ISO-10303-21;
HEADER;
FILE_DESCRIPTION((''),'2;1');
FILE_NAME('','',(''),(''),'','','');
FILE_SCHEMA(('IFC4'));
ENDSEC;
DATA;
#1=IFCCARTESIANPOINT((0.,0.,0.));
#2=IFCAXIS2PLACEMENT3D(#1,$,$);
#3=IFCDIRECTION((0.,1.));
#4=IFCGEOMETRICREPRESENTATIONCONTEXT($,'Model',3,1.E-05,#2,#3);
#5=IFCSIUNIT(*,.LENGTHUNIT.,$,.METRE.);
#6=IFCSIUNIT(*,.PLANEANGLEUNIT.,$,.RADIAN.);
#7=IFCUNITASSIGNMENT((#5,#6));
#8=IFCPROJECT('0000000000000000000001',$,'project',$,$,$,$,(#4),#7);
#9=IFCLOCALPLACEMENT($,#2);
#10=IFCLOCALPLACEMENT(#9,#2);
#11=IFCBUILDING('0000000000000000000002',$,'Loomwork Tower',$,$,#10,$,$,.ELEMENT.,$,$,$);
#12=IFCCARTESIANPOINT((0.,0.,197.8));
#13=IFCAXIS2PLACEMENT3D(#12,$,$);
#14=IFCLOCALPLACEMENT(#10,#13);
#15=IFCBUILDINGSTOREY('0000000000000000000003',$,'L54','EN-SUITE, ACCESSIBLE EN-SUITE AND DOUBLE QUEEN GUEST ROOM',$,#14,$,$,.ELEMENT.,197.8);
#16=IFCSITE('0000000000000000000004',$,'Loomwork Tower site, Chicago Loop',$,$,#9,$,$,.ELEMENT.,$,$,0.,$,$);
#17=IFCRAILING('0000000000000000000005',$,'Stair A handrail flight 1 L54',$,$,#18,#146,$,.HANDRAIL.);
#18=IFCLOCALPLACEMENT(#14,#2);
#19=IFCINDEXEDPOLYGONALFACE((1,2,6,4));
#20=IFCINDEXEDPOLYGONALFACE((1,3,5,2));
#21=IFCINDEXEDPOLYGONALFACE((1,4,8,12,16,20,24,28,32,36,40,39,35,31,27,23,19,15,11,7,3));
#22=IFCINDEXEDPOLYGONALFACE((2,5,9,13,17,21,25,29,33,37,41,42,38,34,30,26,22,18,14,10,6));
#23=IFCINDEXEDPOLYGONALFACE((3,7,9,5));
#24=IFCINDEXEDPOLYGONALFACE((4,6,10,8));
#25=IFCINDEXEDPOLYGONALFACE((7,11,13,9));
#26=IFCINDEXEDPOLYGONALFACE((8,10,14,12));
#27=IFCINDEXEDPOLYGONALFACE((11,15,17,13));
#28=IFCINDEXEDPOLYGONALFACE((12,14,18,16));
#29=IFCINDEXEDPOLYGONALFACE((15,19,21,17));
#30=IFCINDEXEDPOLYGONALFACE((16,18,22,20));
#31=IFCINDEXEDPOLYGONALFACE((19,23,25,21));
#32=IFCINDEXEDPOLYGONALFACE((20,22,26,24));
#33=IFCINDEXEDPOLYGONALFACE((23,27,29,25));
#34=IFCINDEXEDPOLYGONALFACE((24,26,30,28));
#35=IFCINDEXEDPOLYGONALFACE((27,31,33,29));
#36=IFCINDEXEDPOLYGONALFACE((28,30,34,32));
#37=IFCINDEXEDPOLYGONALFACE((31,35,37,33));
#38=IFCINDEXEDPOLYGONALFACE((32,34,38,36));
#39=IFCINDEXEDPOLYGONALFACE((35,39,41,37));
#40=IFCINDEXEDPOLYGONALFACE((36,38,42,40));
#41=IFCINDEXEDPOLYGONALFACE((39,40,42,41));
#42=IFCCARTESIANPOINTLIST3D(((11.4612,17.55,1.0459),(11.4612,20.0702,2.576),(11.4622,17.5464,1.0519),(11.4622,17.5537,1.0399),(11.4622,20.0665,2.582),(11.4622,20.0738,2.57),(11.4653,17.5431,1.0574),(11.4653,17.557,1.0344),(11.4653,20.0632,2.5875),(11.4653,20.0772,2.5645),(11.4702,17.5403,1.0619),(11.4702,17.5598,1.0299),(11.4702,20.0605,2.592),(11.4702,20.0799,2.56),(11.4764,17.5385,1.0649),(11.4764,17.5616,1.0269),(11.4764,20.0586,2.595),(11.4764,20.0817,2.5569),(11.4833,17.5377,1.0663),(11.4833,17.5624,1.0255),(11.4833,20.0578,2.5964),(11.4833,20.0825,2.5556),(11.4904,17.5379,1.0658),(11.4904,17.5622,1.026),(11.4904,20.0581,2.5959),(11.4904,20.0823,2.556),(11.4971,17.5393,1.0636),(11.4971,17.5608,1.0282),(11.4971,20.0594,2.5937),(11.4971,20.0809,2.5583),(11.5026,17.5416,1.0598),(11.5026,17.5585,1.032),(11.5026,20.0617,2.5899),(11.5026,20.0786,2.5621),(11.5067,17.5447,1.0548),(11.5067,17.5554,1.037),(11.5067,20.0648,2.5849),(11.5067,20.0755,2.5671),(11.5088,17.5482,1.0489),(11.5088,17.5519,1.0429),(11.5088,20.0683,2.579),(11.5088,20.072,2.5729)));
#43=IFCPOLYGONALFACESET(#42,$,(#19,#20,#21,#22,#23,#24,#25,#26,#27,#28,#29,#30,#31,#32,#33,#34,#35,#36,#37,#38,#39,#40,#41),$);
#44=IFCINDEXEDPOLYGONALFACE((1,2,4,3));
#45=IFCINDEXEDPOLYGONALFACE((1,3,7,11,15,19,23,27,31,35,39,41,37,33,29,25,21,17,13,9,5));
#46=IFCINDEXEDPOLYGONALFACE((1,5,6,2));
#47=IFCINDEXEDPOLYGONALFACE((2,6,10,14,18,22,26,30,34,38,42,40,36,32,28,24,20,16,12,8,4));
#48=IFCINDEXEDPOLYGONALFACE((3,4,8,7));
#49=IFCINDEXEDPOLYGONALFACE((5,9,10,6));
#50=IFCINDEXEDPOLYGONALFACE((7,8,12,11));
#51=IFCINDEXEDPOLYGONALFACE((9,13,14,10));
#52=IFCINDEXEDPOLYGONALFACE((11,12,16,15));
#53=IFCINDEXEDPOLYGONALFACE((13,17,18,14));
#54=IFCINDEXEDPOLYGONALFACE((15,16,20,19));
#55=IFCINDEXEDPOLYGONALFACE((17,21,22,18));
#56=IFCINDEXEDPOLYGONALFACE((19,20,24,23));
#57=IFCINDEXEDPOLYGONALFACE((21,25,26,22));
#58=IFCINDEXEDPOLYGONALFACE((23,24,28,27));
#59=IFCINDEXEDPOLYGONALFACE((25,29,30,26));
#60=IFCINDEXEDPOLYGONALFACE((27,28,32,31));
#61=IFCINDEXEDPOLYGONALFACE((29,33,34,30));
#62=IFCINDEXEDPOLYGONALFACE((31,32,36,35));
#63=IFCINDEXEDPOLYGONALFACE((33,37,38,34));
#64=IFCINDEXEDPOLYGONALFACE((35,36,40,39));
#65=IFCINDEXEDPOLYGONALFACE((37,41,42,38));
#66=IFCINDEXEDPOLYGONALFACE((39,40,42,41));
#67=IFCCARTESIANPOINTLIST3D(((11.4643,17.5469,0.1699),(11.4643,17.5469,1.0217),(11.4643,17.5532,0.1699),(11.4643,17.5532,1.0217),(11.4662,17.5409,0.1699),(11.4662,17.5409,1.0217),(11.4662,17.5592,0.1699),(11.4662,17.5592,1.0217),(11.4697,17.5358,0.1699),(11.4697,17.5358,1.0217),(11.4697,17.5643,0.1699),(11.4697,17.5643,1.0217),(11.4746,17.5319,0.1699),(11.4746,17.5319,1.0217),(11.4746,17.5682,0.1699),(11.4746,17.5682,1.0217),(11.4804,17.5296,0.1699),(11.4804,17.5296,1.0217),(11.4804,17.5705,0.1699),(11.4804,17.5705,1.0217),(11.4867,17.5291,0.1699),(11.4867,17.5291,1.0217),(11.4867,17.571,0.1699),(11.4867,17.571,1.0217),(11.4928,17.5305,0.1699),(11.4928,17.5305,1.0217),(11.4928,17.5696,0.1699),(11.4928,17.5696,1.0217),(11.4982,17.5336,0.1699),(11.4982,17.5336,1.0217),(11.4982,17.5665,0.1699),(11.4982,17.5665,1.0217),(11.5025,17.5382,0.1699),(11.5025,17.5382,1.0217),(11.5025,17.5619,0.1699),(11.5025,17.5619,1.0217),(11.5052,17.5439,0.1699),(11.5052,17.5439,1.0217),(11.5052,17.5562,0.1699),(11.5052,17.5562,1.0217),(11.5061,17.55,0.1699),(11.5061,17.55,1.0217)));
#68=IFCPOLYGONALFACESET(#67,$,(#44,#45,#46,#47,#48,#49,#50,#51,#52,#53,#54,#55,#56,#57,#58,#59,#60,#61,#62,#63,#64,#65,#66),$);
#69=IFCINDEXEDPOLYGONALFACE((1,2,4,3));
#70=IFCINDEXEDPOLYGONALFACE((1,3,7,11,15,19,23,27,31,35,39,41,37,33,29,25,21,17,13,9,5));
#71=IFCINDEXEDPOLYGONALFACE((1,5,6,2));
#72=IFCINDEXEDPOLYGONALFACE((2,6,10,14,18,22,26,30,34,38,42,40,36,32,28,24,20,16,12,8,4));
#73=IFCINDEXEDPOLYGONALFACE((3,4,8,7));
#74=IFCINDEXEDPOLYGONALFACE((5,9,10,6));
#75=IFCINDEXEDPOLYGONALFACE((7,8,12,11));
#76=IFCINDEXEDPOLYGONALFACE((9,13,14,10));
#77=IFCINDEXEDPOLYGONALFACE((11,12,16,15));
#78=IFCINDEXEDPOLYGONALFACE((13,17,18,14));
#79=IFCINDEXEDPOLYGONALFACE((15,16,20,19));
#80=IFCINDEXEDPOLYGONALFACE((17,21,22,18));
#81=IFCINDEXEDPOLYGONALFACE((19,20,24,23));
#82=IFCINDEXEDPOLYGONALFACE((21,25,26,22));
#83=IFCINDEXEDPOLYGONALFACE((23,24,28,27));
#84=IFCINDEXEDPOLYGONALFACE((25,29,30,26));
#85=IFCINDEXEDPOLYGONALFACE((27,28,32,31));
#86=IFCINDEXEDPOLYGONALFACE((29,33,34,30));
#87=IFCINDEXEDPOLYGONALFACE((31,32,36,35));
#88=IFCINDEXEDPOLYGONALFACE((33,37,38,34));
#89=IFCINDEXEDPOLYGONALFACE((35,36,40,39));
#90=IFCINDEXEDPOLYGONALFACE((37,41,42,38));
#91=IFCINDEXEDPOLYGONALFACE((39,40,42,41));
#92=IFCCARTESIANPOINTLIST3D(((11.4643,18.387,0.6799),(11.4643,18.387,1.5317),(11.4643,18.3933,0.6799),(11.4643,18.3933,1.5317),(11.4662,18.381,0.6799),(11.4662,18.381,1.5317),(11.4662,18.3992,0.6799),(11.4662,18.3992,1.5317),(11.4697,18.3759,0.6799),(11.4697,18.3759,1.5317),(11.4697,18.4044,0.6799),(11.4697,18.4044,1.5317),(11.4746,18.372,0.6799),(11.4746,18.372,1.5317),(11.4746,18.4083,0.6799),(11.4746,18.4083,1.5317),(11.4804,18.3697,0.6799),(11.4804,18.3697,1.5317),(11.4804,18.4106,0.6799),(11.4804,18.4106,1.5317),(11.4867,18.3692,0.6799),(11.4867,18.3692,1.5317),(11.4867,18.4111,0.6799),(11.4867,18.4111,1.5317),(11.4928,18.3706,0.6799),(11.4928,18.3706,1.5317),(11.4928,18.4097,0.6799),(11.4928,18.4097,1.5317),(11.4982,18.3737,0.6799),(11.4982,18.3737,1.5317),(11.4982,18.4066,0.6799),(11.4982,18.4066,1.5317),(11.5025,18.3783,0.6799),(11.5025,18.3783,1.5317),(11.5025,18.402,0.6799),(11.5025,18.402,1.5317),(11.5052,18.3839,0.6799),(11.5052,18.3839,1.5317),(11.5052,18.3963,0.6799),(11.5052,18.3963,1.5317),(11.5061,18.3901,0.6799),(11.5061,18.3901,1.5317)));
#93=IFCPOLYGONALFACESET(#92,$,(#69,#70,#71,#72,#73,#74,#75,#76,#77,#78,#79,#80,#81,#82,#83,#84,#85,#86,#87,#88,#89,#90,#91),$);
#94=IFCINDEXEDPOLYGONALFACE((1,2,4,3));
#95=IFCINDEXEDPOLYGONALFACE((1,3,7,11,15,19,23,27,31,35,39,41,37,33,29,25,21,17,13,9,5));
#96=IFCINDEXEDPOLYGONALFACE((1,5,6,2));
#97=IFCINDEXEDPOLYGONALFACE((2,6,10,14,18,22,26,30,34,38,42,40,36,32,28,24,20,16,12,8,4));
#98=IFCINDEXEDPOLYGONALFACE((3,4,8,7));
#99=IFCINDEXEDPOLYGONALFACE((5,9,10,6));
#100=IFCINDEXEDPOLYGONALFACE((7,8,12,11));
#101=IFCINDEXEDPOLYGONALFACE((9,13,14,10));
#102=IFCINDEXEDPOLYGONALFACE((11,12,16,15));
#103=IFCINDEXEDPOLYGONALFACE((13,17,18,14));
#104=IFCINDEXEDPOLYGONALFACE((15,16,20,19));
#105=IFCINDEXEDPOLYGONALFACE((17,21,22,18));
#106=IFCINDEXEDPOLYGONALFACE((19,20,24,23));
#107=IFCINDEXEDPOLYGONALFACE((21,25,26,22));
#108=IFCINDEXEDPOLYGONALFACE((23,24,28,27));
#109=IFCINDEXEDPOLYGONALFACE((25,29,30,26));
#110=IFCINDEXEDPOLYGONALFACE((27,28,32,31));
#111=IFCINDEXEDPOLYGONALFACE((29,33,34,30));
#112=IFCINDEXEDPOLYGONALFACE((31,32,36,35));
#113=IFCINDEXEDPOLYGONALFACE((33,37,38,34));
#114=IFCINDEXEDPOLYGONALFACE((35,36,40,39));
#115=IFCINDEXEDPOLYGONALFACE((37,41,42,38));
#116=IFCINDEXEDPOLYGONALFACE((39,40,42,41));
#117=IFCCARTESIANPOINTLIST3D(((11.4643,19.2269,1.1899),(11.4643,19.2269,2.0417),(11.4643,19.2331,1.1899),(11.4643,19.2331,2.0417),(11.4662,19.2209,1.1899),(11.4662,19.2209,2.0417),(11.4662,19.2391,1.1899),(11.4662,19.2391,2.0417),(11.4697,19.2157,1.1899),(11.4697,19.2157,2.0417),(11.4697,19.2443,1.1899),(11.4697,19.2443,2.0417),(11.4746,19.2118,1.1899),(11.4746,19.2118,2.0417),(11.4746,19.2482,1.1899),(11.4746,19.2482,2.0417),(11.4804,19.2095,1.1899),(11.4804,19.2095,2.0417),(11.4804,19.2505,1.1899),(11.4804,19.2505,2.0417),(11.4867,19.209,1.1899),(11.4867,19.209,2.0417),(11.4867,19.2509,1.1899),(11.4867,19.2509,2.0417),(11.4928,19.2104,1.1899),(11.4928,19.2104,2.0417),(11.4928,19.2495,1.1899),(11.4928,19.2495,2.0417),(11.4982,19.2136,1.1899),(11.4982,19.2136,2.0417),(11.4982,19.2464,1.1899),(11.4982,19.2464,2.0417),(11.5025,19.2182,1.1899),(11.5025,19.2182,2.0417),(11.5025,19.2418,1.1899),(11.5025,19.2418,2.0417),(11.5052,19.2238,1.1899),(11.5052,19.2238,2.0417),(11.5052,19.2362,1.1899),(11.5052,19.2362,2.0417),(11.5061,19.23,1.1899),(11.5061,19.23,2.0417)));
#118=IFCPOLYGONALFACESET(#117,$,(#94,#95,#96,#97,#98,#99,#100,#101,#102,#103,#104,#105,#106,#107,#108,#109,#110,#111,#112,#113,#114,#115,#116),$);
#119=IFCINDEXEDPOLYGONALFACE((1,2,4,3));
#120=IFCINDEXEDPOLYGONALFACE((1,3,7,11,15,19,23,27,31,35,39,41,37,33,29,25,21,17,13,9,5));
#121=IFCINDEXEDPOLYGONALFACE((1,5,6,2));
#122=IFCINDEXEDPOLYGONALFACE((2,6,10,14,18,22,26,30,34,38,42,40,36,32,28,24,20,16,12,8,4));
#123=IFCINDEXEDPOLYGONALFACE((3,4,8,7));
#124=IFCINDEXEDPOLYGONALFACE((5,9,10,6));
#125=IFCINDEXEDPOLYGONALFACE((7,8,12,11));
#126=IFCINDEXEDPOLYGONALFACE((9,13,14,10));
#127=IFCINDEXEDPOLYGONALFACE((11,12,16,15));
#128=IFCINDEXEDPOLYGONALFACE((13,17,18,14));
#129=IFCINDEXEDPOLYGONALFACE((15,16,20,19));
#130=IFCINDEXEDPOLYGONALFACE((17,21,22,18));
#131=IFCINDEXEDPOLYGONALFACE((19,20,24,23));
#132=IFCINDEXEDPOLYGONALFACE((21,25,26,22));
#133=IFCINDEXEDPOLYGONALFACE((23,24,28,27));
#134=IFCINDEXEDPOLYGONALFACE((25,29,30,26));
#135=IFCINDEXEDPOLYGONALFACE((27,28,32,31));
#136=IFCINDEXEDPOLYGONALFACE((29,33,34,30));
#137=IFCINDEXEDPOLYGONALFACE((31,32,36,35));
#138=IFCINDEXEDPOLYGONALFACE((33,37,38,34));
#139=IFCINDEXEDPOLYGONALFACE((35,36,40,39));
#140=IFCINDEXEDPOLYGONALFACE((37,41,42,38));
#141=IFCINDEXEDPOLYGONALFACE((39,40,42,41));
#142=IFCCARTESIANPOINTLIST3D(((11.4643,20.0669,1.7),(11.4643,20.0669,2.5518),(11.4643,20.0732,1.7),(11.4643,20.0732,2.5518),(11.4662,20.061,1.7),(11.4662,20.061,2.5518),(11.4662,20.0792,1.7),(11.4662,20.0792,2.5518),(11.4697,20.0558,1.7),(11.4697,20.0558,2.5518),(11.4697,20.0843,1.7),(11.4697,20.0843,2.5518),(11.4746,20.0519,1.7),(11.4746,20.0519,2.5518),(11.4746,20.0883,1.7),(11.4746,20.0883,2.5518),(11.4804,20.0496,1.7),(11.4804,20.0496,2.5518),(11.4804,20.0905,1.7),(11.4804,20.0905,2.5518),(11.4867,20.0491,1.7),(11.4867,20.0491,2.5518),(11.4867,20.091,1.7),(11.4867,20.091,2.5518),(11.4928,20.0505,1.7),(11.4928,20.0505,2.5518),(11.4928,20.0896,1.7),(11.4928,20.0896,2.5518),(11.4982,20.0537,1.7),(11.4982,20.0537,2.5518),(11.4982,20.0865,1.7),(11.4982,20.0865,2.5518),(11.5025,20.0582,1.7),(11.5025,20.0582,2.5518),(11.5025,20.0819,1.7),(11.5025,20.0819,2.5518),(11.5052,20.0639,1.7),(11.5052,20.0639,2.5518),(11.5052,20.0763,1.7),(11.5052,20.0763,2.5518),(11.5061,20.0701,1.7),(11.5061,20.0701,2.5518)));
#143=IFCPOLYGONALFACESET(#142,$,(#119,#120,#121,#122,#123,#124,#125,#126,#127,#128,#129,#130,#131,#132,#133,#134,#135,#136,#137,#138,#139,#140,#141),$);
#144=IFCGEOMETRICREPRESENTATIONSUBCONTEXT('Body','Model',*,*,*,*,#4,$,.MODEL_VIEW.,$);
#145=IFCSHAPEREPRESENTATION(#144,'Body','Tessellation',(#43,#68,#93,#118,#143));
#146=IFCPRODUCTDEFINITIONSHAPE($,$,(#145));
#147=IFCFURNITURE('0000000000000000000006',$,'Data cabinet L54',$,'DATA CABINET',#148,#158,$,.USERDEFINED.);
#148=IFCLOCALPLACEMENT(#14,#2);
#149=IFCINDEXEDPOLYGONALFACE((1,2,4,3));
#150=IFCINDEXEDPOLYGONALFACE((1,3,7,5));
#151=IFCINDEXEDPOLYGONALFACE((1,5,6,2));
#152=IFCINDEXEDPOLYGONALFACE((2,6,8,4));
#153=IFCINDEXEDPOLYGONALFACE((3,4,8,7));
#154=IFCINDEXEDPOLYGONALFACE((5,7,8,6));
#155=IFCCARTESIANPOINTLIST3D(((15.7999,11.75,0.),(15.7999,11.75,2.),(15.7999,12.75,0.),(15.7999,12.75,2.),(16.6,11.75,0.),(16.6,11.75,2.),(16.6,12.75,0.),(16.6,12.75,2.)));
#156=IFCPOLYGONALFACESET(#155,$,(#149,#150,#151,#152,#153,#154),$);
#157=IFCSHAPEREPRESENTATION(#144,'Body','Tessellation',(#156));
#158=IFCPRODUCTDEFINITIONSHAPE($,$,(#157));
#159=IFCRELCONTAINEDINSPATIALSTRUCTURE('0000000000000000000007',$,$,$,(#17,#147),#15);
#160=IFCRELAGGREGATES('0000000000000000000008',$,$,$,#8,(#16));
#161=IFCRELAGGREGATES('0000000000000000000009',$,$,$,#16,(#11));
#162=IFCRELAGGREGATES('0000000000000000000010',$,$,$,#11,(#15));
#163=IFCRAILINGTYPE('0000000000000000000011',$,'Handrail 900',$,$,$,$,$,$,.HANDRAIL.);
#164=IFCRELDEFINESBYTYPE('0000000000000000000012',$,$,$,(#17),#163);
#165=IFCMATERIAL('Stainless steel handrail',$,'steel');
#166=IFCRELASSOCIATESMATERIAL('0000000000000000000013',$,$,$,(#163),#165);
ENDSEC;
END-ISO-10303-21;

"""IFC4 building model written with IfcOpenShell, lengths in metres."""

from ifc_helpers import new_model, si_unit, direction, frame, origin, origin_2d, place, context, subcontext, project, spatial, rectangle, circle, extrude, material, type_object, element, save


model = new_model("IFC4")

# Units and contexts
model_context = context("Model", 3, precision=1e-05, world=origin(), true_north=direction((0.0, 1.0)))
body_context = subcontext(model_context, "Body", "Model", "MODEL_VIEW")
ifc_project = project(units=[si_unit("LENGTHUNIT", "METRE"), si_unit("PLANEANGLEUNIT", "RADIAN")], contexts=[model_context])

# Site, building, storey
site_placement = place(None, origin())
site = spatial("IfcSite", under=ifc_project, at=site_placement, Name="Loomwork Tower site, Chicago Loop", CompositionType="ELEMENT", RefElevation=0.0)
building_placement = place(site_placement, origin())
building = spatial("IfcBuilding", under=site, at=building_placement, Name="Loomwork Tower", CompositionType="ELEMENT")
storey_placement = place(building_placement, frame((0.0, 0.0, 197.8)))
storey = spatial("IfcBuildingStorey", under=building, at=storey_placement, Name="L54", Description="EN-SUITE, ACCESSIBLE EN-SUITE AND DOUBLE QUEEN GUEST ROOM", CompositionType="ELEMENT", Elevation=197.8)

# Railing
ifc_material_1 = material(Name="Stainless steel handrail", Category="steel")
railing_type = type_object("IfcRailingType", Name="Handrail 900", PredefinedType="HANDRAIL", material=ifc_material_1)
railing_placement = place(storey_placement, frame((11.4851, 17.55, 0.1699)))
element("IfcRailing", 1, at=railing_placement, inside=storey, type_object=railing_type, Name="Stair A handrail flight 1 L54", PredefinedType="HANDRAIL", context=body_context, shape_type="SweptSolid", body=[
    extrude(circle(Radius=0.0239, at=origin_2d()), frame((0.0, 0.0, 0.876), z_axis=(0.0, 0.854785, 0.518982), x_axis=(-1.0, 0.0, 0.0)), (0.0, 0.0, 1.0), 2.9482),
    extrude(circle(Radius=0.021, at=origin_2d()), origin(), (0.0, 0.0, 1.0), 0.8518),
    extrude(circle(Radius=0.021, at=origin_2d()), frame((0.0, 0.8401, 0.51)), (0.0, 0.0, 1.0), 0.8518),
    extrude(circle(Radius=0.021, at=origin_2d()), frame((0.0, 1.6799, 1.02)), (0.0, 0.0, 1.0), 0.8518),
    extrude(circle(Radius=0.021, at=origin_2d()), frame((0.0, 2.52, 1.53)), (0.0, 0.0, 1.0), 0.8518),
])

# Furniture
furniture_placement = place(storey_placement, frame((16.2, 12.25, 0.0), z_axis=(0.0, 0.0, 1.0), x_axis=(1.0, 0.0, 0.0)))
element("IfcFurniture", 2, at=furniture_placement, inside=storey, Name="Data cabinet L54", ObjectType="DATA CABINET", PredefinedType="USERDEFINED", context=body_context, shape_type="SweptSolid", body=[
    extrude(rectangle(XDim=0.8, YDim=1.0, at=origin_2d()), origin(), (0.0, 0.0, 1.0), 2.0),
])

save(model, "model.ifc")
